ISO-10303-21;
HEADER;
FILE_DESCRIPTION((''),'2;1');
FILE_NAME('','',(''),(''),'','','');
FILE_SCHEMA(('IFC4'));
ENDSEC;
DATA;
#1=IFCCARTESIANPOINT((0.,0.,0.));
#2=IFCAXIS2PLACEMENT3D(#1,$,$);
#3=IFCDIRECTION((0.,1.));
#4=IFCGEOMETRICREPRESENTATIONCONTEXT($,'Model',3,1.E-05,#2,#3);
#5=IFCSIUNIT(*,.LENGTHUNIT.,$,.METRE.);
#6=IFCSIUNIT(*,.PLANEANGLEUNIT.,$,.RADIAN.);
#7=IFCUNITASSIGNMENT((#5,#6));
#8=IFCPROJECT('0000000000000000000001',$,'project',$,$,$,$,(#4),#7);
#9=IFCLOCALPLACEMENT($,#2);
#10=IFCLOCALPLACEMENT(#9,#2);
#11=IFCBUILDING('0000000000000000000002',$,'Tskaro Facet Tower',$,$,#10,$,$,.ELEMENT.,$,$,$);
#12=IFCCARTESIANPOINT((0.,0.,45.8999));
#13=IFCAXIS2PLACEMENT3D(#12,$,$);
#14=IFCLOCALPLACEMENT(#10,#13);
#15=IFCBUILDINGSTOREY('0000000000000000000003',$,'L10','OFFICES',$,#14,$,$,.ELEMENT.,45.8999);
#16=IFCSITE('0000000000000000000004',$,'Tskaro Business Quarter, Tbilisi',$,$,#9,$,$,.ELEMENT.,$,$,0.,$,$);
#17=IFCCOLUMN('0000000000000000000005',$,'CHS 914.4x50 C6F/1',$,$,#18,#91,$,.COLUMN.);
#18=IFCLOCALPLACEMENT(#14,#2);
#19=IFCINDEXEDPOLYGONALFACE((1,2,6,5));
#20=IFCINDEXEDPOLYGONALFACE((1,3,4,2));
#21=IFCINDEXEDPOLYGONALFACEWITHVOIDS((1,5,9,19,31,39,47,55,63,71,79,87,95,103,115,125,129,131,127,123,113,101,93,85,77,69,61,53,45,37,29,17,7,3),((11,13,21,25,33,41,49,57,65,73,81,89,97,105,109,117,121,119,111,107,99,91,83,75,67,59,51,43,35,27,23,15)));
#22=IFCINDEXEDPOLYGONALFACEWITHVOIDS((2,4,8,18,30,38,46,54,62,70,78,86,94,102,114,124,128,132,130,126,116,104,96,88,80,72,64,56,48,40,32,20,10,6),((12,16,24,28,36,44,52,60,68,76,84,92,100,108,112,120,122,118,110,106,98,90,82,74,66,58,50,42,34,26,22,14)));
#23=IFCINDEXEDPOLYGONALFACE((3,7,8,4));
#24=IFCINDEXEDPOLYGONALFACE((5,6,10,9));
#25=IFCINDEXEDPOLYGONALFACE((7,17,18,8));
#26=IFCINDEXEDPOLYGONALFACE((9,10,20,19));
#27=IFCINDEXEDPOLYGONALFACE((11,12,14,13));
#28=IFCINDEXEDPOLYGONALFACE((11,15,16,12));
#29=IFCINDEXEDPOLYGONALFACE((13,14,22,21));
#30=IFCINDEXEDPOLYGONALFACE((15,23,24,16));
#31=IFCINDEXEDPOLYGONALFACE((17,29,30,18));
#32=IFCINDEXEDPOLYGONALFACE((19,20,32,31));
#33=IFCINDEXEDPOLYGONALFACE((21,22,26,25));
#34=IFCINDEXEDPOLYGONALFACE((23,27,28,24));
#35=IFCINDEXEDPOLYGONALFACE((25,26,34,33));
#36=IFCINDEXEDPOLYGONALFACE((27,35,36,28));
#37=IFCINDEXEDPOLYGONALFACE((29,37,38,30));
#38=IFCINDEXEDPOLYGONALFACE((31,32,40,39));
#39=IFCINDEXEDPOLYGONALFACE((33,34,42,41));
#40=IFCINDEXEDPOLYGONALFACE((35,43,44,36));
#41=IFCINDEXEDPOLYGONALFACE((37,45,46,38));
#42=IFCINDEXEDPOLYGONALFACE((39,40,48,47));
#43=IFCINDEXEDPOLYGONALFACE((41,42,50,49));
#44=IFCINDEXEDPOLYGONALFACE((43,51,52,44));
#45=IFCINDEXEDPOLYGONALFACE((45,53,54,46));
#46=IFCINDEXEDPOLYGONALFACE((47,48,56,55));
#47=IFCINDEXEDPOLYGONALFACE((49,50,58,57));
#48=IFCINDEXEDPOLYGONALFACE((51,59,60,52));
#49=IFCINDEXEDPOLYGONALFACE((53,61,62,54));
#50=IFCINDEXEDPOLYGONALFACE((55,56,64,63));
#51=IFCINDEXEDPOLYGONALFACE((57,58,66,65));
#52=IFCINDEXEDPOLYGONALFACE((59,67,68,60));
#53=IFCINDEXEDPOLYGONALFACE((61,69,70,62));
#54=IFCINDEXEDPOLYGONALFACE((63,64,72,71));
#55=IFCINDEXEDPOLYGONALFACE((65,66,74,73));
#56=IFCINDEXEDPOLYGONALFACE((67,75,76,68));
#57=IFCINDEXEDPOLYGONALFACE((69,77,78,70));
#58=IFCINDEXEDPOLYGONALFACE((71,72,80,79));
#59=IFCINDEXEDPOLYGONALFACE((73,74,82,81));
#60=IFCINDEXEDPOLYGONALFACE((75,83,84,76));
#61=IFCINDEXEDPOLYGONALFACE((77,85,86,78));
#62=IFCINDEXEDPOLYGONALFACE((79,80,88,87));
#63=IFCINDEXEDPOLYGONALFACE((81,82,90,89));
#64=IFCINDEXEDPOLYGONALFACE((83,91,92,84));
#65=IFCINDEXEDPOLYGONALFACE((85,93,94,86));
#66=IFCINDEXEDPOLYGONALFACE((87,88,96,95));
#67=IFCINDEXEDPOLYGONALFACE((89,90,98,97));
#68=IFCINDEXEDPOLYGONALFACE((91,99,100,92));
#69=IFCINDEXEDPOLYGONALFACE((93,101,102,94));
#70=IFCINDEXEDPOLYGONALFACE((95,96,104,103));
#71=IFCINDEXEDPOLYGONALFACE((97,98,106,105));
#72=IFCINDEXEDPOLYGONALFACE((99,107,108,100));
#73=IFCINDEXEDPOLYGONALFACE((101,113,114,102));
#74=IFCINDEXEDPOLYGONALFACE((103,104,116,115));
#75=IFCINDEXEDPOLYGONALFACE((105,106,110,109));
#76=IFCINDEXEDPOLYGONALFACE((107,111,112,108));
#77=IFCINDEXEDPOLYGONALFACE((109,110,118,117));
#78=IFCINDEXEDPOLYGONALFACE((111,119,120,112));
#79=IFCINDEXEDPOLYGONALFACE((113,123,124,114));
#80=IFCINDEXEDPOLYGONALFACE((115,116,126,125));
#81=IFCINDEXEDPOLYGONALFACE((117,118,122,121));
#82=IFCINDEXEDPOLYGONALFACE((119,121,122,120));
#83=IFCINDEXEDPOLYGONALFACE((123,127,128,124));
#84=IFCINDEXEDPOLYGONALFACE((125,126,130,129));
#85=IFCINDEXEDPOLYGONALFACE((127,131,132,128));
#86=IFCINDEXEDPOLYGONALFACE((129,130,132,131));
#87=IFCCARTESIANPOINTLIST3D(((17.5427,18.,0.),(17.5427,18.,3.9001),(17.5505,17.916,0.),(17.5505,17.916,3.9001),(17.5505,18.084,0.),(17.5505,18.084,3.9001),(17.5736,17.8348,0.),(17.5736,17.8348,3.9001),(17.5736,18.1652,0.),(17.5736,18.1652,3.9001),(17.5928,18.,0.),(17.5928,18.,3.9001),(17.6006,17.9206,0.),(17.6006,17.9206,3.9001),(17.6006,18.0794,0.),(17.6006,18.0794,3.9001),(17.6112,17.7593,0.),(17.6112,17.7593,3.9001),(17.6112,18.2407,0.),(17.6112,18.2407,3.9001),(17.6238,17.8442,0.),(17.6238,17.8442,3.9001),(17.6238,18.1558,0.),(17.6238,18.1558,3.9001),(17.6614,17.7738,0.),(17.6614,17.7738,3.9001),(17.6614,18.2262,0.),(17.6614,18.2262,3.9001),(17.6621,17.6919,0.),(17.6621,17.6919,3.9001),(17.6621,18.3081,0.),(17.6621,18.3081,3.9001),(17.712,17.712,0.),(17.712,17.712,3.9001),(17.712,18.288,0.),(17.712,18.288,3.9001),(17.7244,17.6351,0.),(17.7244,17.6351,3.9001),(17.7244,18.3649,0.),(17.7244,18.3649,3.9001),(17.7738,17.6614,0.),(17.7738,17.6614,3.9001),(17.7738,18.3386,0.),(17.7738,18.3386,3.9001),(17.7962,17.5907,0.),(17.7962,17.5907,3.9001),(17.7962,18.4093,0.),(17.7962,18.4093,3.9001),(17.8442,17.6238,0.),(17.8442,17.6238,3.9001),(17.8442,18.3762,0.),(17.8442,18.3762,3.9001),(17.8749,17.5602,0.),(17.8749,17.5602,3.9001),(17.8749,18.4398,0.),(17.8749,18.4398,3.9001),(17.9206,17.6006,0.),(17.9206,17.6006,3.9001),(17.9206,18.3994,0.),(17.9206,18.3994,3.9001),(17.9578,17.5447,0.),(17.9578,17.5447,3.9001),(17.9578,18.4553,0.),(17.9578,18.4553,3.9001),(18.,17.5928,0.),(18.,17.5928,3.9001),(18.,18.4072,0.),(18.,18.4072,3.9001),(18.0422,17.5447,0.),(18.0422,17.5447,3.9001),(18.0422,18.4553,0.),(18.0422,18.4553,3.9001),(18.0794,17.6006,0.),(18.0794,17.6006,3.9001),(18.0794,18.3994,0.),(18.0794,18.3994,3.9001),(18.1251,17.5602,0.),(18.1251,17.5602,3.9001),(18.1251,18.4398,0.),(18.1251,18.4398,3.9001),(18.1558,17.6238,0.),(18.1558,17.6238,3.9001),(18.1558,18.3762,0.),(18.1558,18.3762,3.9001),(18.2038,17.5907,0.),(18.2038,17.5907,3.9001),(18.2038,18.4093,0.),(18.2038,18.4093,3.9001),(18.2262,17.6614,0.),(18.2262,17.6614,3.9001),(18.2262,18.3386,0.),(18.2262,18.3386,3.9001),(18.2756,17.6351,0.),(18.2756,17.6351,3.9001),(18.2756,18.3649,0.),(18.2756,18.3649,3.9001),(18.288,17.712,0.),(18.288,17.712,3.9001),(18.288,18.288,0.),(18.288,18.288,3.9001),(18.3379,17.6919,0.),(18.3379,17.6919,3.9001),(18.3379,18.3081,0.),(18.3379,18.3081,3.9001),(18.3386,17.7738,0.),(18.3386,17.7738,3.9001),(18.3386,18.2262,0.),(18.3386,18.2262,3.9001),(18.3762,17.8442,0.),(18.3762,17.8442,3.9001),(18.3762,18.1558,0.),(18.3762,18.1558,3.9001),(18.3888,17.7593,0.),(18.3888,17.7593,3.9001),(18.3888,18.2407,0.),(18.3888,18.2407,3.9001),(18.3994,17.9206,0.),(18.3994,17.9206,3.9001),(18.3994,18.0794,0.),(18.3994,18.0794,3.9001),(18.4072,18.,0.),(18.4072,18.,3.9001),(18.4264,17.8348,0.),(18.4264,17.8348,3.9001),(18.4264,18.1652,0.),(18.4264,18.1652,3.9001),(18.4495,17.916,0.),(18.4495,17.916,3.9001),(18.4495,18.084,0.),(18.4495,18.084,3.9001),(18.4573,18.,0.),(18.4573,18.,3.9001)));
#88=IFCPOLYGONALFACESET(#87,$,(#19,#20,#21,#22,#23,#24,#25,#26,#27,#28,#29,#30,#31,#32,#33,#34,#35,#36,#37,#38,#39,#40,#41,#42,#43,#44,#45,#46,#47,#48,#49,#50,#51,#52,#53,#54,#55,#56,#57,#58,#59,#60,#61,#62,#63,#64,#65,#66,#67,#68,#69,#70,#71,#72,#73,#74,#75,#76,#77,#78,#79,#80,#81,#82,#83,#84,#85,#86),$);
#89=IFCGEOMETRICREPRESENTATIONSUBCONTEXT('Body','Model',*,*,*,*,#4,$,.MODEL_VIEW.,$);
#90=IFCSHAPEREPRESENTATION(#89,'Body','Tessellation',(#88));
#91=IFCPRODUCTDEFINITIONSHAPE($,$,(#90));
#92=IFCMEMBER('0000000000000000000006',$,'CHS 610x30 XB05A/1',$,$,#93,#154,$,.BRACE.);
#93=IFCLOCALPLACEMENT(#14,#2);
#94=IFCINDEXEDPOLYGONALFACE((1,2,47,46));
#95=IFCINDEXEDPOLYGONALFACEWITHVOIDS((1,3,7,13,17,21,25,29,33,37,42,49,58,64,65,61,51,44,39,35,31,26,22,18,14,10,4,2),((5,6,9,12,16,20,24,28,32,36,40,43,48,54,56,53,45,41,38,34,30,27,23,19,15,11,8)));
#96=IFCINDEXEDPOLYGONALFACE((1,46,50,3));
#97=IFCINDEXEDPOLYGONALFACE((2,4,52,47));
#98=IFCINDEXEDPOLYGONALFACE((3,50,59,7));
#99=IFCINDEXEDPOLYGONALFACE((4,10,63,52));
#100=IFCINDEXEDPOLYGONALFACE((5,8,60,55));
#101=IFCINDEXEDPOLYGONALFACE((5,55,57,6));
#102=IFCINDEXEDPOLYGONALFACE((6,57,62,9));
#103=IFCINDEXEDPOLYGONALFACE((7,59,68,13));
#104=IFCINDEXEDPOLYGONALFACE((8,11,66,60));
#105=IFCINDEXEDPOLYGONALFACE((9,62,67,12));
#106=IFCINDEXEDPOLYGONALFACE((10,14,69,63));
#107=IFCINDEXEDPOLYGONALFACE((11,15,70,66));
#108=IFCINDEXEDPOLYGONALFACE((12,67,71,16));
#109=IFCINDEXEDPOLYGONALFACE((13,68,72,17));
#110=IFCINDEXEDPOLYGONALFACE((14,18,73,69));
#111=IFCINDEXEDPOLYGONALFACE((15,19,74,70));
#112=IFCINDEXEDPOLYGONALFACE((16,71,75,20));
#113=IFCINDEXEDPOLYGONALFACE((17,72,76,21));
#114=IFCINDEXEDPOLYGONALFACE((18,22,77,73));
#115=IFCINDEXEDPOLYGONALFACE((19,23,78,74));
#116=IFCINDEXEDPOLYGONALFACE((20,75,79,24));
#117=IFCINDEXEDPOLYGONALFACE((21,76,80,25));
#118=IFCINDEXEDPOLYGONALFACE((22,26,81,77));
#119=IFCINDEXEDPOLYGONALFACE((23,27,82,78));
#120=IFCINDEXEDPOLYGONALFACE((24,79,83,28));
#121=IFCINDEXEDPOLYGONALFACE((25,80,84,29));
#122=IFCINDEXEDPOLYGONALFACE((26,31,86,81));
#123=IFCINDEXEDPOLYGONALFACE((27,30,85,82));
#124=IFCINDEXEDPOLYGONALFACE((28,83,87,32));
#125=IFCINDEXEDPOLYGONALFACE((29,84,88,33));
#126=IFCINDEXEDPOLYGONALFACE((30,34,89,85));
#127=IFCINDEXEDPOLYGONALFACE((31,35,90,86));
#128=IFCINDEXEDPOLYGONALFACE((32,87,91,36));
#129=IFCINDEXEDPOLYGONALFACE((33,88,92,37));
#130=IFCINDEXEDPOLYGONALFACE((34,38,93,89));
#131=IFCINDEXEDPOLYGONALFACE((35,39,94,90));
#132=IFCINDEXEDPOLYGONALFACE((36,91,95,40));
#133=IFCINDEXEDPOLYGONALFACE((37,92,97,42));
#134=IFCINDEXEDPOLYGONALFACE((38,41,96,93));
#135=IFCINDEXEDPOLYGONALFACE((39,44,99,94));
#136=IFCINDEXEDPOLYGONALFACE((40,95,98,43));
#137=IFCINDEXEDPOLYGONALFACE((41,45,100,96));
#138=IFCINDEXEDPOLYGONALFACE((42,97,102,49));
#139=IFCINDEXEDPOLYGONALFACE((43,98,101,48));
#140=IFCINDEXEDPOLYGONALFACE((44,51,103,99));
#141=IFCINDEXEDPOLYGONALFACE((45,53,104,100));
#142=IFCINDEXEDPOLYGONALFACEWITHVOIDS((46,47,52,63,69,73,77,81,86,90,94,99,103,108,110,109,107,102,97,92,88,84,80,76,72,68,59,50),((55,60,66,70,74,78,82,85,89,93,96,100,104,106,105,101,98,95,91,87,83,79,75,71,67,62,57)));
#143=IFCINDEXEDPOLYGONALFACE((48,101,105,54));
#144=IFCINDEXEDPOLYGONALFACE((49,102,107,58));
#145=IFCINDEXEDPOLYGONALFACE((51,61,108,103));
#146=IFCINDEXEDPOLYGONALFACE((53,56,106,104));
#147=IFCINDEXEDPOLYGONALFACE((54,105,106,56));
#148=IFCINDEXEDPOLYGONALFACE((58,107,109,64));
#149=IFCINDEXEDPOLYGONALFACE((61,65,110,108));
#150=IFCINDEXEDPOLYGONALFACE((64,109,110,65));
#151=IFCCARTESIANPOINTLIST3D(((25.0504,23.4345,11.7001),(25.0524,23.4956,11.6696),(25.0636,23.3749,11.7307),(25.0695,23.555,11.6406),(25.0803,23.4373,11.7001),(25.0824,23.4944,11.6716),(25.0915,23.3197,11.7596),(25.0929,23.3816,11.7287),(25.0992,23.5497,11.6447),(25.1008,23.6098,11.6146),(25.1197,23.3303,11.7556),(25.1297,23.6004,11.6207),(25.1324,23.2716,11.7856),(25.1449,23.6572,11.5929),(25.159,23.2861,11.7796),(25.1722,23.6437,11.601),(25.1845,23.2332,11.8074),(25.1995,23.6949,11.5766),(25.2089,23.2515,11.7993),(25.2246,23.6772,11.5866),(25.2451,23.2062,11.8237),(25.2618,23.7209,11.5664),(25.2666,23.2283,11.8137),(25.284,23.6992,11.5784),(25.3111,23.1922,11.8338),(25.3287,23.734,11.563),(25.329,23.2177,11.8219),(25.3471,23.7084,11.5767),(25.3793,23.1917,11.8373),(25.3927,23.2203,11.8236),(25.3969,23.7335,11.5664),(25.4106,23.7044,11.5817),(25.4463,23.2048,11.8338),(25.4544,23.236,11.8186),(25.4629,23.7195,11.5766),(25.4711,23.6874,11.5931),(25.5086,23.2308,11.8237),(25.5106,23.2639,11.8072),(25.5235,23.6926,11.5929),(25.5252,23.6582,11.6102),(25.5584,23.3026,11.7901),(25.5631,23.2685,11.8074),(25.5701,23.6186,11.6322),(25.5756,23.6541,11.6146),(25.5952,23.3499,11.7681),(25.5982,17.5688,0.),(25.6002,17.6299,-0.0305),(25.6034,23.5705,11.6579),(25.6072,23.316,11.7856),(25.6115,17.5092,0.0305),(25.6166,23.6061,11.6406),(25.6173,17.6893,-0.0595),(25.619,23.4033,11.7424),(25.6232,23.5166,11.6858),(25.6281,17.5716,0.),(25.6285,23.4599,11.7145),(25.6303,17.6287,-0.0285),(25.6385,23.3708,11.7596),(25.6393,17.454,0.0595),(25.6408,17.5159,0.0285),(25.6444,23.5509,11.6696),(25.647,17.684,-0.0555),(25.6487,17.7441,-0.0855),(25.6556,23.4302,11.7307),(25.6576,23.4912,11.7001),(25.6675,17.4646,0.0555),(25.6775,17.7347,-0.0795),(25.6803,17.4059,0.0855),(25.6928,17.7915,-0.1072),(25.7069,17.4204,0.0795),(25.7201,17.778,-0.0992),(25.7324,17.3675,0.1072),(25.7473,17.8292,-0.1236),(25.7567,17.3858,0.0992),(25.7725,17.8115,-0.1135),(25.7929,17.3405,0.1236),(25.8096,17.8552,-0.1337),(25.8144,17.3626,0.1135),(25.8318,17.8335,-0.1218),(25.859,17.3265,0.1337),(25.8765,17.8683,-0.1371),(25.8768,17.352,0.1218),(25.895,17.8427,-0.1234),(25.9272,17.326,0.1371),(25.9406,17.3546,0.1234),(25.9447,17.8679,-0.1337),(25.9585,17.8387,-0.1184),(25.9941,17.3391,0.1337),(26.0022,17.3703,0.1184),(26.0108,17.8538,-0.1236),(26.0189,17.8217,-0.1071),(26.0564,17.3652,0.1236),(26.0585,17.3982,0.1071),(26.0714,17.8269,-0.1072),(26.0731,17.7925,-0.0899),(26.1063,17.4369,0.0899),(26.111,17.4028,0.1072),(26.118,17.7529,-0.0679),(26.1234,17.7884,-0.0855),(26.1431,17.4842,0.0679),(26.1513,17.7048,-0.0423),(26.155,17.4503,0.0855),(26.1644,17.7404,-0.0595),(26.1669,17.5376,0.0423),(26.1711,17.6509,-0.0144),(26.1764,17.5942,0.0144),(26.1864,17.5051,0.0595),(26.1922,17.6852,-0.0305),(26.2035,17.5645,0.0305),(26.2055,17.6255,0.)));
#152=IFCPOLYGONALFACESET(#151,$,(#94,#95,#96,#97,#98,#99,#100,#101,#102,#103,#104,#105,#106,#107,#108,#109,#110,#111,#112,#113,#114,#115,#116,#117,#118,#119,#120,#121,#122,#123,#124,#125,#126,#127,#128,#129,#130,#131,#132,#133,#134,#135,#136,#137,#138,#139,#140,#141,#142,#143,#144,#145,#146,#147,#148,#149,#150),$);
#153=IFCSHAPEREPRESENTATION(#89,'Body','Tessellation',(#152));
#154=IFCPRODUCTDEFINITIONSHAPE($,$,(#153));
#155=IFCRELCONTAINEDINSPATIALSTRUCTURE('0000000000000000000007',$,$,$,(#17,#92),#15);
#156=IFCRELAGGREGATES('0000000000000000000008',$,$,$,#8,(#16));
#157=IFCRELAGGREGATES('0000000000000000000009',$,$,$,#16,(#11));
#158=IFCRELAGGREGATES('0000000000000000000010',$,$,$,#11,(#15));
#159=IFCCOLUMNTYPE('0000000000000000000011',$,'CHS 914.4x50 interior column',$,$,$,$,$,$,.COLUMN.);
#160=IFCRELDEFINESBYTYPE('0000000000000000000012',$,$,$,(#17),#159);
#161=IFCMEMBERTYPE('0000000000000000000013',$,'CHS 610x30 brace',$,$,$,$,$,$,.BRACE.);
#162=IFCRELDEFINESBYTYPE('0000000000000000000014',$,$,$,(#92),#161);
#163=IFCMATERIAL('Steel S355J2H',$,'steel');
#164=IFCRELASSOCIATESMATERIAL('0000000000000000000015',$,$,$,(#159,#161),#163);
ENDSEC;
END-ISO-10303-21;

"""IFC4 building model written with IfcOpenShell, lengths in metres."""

from ifc_helpers import new_model, si_unit, direction, frame, origin, origin_2d, place, context, subcontext, project, spatial, hollow_circle, extrude, material, material_profile, profile_set, type_object, element, save


model = new_model("IFC4")

# Units and contexts
model_context = context("Model", 3, precision=1e-05, world=origin(), true_north=direction((0.0, 1.0)))
body_context = subcontext(model_context, "Body", "Model", "MODEL_VIEW")
ifc_project = project(units=[si_unit("LENGTHUNIT", "METRE"), si_unit("PLANEANGLEUNIT", "RADIAN")], contexts=[model_context])

# Site, building, storey
site_placement = place(None, origin())
site = spatial("IfcSite", under=ifc_project, at=site_placement, Name="Tskaro Business Quarter, Tbilisi", CompositionType="ELEMENT", RefElevation=0.0)
building_placement = place(site_placement, origin())
building = spatial("IfcBuilding", under=site, at=building_placement, Name="Tskaro Facet Tower", CompositionType="ELEMENT")
storey_placement = place(building_placement, frame((0.0, 0.0, 45.8999)))
storey = spatial("IfcBuildingStorey", under=building, at=storey_placement, Name="L10", Description="OFFICES", CompositionType="ELEMENT", Elevation=45.8999)

# Column
ifc_material_1 = material(Name="Steel S355J2H", Category="steel")
ifc_material_profile_1 = material_profile(ifc_material_1, hollow_circle(Radius=0.4573, WallThickness=0.05, at=origin_2d()), Name="CHS 914.4x50")
ifc_profile_set_1 = profile_set([ifc_material_profile_1], Name="Steel S355J2H")
column_type_1 = type_object("IfcColumnType", Name="CHS 914.4x50 interior column", PredefinedType="COLUMN", material=ifc_profile_set_1)
column_placement = place(storey_placement, frame((18.0, 18.0, 0.0), z_axis=(0.0, 0.0, 1.0), x_axis=(1.0, 0.0, 0.0)))
element("IfcColumn", 1, at=column_placement, inside=storey, type_object=column_type_1, Name="CHS 914.4x50 C6F/1", PredefinedType="COLUMN", context=body_context, shape_type="SweptSolid", body=[
    extrude(hollow_circle(Radius=0.4573, WallThickness=0.05, at=origin_2d()), origin(), (0.0, 0.0, 1.0), 3.9001),
])

# Member
ifc_material_profile_2 = material_profile(ifc_material_1, hollow_circle(Radius=0.3049, WallThickness=0.03, at=origin_2d()), Name="CHS 610x30")
ifc_profile_set_2 = profile_set([ifc_material_profile_2], Name="Steel S355J2H")
member_type_1 = type_object("IfcMemberType", Name="CHS 610x30 brace", PredefinedType="BRACE", material=ifc_profile_set_2)
member_1_placement = place(storey_placement, frame((25.9019, 17.5972, 0.0), z_axis=(-0.041822, 0.447776, 0.893167), x_axis=(-0.995667, -0.092994, 0.0)))
element("IfcMember", 2, at=member_1_placement, inside=storey, type_object=member_type_1, Name="CHS 610x30 XB05A/1", PredefinedType="BRACE", context=body_context, shape_type="SweptSolid", body=[
    extrude(hollow_circle(Radius=0.3049, WallThickness=0.03, at=origin_2d()), origin(), (0.0, 0.0, 1.0), 13.0996),
])

save(model, "model.ifc")
